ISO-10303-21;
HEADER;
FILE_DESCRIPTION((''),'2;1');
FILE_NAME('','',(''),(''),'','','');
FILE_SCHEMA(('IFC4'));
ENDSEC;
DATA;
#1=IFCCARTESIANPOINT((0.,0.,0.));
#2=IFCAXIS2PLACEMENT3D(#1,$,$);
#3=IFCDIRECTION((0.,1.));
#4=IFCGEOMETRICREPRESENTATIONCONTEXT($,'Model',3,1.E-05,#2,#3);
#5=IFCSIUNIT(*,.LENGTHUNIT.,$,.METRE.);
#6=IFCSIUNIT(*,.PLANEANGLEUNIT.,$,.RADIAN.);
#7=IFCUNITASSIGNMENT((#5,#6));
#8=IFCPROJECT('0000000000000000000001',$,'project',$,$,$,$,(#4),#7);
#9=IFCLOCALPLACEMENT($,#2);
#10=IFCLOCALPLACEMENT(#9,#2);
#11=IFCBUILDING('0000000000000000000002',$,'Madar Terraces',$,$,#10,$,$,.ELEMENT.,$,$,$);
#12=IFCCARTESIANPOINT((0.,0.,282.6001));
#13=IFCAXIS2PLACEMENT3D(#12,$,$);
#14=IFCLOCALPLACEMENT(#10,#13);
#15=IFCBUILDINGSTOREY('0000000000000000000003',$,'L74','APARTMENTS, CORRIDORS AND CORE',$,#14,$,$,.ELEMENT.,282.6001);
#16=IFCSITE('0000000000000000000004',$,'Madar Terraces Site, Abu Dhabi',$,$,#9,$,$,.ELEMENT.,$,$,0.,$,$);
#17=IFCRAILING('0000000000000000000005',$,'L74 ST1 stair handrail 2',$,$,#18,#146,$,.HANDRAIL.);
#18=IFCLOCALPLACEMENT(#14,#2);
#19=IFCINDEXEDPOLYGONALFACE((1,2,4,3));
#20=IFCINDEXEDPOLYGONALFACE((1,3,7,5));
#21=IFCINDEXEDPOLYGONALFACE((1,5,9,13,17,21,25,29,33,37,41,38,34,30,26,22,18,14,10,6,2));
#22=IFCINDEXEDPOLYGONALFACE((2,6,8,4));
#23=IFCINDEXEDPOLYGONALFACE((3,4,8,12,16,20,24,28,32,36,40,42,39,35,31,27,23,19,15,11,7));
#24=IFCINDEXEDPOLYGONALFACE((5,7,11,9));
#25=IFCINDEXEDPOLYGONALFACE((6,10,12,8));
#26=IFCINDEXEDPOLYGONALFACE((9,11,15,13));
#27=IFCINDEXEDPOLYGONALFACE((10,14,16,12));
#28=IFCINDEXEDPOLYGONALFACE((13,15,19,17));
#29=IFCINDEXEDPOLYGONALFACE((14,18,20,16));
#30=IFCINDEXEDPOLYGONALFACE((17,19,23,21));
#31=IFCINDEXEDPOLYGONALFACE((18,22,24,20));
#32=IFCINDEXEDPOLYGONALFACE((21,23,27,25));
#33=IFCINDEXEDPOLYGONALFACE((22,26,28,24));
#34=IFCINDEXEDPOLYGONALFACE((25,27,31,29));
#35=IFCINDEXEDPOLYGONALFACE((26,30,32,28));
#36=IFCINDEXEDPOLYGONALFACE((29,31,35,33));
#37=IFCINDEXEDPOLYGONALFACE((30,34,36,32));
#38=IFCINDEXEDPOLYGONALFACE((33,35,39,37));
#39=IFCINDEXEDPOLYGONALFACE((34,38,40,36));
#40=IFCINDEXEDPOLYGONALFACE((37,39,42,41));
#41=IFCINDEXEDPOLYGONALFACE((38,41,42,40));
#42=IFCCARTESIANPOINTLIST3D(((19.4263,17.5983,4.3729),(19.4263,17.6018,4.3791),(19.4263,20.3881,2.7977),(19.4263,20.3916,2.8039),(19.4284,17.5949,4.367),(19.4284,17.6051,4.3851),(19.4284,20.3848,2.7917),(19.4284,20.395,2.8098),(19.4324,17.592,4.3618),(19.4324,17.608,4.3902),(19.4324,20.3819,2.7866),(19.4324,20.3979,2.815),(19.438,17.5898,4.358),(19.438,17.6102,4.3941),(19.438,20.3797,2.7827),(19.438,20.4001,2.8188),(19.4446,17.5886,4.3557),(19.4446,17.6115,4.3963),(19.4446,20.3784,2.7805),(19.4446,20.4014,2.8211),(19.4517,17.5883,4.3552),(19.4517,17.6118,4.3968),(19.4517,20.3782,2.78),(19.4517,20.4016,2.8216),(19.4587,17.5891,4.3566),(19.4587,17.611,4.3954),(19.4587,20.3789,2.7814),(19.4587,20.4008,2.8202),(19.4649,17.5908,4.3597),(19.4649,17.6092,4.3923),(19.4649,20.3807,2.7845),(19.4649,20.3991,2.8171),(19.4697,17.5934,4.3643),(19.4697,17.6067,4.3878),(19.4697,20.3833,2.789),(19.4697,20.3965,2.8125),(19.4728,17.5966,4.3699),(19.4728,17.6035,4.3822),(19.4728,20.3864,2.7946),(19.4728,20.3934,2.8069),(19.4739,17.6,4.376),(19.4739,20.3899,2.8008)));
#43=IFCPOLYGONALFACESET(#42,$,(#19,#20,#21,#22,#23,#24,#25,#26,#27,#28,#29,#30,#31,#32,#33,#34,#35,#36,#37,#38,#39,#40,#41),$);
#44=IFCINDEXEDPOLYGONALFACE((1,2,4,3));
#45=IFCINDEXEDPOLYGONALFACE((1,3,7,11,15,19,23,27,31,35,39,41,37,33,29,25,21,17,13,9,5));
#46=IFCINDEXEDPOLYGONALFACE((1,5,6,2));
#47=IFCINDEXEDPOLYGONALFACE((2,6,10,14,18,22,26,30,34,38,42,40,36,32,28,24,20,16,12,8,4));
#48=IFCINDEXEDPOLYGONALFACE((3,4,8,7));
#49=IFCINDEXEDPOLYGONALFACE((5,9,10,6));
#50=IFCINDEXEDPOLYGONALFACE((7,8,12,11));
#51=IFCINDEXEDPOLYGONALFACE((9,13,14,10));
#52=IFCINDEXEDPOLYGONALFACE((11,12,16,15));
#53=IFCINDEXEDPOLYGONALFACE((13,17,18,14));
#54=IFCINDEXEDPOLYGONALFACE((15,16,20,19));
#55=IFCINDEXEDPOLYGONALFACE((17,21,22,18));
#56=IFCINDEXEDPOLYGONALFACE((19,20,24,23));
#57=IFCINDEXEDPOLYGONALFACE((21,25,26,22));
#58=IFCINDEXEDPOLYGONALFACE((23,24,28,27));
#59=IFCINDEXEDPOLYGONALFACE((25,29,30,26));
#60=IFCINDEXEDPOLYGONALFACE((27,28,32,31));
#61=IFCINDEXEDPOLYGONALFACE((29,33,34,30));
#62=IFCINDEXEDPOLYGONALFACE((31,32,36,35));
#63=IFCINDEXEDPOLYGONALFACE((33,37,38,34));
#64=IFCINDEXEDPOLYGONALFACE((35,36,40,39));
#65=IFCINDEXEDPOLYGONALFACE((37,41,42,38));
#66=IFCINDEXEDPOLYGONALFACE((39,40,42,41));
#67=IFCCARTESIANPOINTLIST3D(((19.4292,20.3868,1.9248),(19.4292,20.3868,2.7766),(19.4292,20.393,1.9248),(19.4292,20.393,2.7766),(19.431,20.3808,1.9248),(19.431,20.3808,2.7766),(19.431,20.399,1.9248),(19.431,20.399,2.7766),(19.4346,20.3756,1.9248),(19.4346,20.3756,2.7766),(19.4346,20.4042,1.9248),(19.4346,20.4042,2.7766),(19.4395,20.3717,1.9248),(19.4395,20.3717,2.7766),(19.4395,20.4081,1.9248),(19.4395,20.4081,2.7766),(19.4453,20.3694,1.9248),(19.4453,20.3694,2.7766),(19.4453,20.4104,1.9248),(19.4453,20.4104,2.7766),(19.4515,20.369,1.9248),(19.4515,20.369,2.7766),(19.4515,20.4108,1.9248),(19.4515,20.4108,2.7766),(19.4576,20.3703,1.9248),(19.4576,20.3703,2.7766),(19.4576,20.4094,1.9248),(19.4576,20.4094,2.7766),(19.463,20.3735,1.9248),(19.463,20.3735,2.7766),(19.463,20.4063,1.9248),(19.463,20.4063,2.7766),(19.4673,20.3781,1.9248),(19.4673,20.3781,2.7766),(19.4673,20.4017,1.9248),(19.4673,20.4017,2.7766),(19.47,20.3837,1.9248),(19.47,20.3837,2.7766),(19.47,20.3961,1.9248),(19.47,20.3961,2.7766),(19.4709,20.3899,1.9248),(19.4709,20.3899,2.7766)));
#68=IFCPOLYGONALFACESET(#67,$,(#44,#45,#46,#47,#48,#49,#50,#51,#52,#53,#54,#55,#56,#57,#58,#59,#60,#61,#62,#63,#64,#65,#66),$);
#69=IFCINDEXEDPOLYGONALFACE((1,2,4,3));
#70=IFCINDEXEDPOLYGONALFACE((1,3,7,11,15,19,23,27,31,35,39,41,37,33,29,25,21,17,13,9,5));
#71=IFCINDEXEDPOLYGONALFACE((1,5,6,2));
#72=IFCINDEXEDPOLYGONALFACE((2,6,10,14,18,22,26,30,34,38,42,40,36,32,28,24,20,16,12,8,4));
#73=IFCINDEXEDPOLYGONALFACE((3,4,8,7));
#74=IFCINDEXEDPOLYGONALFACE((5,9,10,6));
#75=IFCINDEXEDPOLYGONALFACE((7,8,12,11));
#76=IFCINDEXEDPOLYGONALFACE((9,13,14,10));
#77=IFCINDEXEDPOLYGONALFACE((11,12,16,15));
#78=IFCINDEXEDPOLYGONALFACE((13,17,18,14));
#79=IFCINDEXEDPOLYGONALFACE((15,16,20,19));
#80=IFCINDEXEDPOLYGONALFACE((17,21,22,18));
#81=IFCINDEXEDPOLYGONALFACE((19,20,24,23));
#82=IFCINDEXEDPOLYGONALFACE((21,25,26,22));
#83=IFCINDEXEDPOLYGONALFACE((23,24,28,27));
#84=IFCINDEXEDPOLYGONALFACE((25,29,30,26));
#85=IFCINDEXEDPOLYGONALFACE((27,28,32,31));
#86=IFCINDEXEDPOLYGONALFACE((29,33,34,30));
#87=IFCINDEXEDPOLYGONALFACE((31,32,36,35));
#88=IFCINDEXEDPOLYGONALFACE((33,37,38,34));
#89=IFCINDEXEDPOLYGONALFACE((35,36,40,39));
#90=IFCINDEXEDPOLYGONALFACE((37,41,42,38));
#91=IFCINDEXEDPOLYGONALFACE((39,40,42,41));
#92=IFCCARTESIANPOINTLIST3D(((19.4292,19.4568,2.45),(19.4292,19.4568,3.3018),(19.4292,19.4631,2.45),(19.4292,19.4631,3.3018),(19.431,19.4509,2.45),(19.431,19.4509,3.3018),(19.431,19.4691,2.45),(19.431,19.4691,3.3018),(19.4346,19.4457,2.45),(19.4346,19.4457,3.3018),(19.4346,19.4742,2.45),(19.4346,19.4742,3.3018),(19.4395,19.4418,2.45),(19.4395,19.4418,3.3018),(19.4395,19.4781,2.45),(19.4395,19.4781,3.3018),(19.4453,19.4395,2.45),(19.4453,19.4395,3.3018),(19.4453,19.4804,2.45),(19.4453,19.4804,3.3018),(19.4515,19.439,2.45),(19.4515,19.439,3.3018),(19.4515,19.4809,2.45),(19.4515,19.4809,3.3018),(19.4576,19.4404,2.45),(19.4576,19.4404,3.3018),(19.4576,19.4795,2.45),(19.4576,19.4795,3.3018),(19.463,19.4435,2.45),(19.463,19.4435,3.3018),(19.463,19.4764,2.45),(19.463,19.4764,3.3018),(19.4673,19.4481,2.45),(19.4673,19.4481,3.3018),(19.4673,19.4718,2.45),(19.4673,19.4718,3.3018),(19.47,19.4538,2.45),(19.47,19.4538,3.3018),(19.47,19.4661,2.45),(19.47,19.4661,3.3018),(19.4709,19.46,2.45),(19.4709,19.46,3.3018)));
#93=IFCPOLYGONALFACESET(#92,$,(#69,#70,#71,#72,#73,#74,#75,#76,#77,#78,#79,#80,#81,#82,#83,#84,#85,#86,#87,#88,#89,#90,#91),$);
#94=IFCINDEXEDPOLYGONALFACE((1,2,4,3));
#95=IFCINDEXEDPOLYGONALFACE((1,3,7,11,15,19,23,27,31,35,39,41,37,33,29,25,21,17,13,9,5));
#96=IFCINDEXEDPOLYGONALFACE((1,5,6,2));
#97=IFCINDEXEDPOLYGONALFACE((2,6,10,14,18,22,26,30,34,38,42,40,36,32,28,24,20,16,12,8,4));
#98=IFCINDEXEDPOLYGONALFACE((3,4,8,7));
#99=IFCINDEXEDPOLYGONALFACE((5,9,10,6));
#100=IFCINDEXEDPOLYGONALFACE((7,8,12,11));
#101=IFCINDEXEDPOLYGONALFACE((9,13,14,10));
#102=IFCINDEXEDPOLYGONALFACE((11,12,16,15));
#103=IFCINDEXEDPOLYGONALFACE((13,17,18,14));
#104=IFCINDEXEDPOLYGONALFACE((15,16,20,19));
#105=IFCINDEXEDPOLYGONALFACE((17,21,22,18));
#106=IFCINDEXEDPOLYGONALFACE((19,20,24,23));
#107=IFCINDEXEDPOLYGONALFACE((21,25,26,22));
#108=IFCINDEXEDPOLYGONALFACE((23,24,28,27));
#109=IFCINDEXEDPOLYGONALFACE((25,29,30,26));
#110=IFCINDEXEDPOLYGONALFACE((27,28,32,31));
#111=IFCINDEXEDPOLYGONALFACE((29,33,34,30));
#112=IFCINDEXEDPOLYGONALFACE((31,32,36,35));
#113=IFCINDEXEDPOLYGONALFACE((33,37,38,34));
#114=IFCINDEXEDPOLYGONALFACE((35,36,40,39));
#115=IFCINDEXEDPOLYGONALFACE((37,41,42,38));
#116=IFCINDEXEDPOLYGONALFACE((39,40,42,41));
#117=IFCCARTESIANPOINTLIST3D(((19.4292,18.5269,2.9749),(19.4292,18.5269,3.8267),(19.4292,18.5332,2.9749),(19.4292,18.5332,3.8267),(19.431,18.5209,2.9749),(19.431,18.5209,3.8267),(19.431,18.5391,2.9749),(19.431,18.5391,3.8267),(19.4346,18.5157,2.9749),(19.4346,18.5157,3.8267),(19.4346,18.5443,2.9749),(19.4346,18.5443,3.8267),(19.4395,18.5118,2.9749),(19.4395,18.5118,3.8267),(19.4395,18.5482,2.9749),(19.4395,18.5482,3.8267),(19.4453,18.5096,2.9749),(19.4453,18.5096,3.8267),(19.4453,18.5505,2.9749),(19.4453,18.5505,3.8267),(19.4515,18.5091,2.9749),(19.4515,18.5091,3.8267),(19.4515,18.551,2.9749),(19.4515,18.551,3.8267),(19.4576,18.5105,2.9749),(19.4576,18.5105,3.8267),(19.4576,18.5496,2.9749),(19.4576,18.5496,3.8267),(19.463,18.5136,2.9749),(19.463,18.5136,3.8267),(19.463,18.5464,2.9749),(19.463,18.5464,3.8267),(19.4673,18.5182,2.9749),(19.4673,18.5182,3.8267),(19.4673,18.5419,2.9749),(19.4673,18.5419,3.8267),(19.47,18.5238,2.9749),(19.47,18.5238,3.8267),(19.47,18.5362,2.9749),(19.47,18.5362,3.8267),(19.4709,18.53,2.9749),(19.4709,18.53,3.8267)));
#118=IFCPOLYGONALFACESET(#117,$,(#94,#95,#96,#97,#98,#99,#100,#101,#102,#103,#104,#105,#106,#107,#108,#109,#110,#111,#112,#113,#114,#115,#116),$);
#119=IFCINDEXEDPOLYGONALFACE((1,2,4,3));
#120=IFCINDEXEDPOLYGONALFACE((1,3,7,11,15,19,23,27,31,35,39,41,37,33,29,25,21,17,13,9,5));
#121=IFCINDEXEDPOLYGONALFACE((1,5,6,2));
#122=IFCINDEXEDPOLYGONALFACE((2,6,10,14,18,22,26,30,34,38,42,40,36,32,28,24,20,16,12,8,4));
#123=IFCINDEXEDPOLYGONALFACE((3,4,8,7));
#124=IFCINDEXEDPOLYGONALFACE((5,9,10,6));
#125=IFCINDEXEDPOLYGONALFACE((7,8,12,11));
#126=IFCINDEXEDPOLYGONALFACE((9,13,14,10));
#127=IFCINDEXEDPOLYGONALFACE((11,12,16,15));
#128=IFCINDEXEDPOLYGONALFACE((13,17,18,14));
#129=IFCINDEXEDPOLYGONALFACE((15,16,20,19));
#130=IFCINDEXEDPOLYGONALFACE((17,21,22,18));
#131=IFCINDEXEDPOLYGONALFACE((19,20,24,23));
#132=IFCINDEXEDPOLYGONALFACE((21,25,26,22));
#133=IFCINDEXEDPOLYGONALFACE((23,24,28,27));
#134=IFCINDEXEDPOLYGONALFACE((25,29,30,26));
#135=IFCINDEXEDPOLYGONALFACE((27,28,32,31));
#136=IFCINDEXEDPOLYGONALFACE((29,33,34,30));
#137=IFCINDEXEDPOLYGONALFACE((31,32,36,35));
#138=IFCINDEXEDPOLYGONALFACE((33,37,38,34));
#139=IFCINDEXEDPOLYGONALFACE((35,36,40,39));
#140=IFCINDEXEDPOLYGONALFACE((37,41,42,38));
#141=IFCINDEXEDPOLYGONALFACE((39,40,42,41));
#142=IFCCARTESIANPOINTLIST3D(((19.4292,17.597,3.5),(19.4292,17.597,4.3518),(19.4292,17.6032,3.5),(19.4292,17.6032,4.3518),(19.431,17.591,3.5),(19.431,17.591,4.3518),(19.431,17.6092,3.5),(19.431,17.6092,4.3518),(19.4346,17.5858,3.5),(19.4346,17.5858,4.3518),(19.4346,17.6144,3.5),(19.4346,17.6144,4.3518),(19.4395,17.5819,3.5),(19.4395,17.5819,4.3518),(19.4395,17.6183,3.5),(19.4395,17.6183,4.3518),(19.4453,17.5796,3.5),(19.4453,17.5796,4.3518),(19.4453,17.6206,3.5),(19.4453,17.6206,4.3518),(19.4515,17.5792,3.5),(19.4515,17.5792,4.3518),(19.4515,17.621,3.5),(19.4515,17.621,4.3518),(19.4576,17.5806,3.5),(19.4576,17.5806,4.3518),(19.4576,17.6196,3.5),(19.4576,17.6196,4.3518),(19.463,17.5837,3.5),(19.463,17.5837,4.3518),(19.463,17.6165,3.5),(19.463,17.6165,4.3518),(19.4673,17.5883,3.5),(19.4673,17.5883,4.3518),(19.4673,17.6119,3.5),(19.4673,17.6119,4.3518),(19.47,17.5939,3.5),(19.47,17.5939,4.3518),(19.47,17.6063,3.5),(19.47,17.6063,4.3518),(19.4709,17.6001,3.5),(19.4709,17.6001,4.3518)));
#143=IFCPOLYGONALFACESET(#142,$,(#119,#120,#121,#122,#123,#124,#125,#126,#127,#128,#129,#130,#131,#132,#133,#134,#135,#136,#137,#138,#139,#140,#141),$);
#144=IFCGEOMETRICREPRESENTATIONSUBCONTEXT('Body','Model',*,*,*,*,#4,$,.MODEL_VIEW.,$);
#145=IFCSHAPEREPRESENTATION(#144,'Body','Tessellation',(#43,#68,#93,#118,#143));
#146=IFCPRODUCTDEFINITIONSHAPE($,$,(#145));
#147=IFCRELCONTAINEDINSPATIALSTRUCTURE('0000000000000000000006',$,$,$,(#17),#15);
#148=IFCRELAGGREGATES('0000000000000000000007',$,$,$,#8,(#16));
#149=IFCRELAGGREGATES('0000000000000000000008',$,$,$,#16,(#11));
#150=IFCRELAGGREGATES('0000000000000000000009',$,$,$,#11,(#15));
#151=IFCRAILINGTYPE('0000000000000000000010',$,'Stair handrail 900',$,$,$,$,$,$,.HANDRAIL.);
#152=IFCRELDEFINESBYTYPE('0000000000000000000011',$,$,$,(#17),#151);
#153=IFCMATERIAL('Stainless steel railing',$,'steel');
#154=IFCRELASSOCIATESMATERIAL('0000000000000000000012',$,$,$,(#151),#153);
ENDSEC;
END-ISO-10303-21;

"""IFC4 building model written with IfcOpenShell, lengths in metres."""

from ifc_helpers import new_model, si_unit, direction, frame, origin, origin_2d, place, context, subcontext, project, spatial, circle, extrude, material, type_object, element, save


model = new_model("IFC4")

# Units and contexts
model_context = context("Model", 3, precision=1e-05, world=origin(), true_north=direction((0.0, 1.0)))
body_context = subcontext(model_context, "Body", "Model", "MODEL_VIEW")
ifc_project = project(units=[si_unit("LENGTHUNIT", "METRE"), si_unit("PLANEANGLEUNIT", "RADIAN")], contexts=[model_context])

# Site, building, storey
site_placement = place(None, origin())
site = spatial("IfcSite", under=ifc_project, at=site_placement, Name="Madar Terraces Site, Abu Dhabi", CompositionType="ELEMENT", RefElevation=0.0)
building_placement = place(site_placement, origin())
building = spatial("IfcBuilding", under=site, at=building_placement, Name="Madar Terraces", CompositionType="ELEMENT")
storey_placement = place(building_placement, frame((0.0, 0.0, 282.6001)))
storey = spatial("IfcBuildingStorey", under=building, at=storey_placement, Name="L74", Description="APARTMENTS, CORRIDORS AND CORE", CompositionType="ELEMENT", Elevation=282.6001)

# Railing
ifc_material_1 = material(Name="Stainless steel railing", Category="steel")
railing_type_1 = type_object("IfcRailingType", Name="Stair handrail 900", PredefinedType="HANDRAIL", material=ifc_material_1)
railing_1_placement = place(storey_placement, frame((19.45, 20.3899, 1.9248)))
element("IfcRailing", 1, at=railing_1_placement, inside=storey, type_object=railing_type_1, Name="L74 ST1 stair handrail 2", PredefinedType="HANDRAIL", context=body_context, shape_type="SweptSolid", body=[
    extrude(circle(Radius=0.0239, at=origin_2d()), frame((0.0, 0.0, 0.876), z_axis=(0.0, -0.870783, 0.491668), x_axis=(1.0, 0.0, 0.0)), (0.0, 0.0, 1.0), 3.2039),
    extrude(circle(Radius=0.021, at=origin_2d()), origin(), (0.0, 0.0, 1.0), 0.8518),
    extrude(circle(Radius=0.021, at=origin_2d()), frame((0.0, -0.9299, 0.5251)), (0.0, 0.0, 1.0), 0.8518),
    extrude(circle(Radius=0.021, at=origin_2d()), frame((0.0, -1.8599, 1.05)), (0.0, 0.0, 1.0), 0.8518),
    extrude(circle(Radius=0.021, at=origin_2d()), frame((0.0, -2.7898, 1.5752)), (0.0, 0.0, 1.0), 0.8518),
])

save(model, "model.ifc")
